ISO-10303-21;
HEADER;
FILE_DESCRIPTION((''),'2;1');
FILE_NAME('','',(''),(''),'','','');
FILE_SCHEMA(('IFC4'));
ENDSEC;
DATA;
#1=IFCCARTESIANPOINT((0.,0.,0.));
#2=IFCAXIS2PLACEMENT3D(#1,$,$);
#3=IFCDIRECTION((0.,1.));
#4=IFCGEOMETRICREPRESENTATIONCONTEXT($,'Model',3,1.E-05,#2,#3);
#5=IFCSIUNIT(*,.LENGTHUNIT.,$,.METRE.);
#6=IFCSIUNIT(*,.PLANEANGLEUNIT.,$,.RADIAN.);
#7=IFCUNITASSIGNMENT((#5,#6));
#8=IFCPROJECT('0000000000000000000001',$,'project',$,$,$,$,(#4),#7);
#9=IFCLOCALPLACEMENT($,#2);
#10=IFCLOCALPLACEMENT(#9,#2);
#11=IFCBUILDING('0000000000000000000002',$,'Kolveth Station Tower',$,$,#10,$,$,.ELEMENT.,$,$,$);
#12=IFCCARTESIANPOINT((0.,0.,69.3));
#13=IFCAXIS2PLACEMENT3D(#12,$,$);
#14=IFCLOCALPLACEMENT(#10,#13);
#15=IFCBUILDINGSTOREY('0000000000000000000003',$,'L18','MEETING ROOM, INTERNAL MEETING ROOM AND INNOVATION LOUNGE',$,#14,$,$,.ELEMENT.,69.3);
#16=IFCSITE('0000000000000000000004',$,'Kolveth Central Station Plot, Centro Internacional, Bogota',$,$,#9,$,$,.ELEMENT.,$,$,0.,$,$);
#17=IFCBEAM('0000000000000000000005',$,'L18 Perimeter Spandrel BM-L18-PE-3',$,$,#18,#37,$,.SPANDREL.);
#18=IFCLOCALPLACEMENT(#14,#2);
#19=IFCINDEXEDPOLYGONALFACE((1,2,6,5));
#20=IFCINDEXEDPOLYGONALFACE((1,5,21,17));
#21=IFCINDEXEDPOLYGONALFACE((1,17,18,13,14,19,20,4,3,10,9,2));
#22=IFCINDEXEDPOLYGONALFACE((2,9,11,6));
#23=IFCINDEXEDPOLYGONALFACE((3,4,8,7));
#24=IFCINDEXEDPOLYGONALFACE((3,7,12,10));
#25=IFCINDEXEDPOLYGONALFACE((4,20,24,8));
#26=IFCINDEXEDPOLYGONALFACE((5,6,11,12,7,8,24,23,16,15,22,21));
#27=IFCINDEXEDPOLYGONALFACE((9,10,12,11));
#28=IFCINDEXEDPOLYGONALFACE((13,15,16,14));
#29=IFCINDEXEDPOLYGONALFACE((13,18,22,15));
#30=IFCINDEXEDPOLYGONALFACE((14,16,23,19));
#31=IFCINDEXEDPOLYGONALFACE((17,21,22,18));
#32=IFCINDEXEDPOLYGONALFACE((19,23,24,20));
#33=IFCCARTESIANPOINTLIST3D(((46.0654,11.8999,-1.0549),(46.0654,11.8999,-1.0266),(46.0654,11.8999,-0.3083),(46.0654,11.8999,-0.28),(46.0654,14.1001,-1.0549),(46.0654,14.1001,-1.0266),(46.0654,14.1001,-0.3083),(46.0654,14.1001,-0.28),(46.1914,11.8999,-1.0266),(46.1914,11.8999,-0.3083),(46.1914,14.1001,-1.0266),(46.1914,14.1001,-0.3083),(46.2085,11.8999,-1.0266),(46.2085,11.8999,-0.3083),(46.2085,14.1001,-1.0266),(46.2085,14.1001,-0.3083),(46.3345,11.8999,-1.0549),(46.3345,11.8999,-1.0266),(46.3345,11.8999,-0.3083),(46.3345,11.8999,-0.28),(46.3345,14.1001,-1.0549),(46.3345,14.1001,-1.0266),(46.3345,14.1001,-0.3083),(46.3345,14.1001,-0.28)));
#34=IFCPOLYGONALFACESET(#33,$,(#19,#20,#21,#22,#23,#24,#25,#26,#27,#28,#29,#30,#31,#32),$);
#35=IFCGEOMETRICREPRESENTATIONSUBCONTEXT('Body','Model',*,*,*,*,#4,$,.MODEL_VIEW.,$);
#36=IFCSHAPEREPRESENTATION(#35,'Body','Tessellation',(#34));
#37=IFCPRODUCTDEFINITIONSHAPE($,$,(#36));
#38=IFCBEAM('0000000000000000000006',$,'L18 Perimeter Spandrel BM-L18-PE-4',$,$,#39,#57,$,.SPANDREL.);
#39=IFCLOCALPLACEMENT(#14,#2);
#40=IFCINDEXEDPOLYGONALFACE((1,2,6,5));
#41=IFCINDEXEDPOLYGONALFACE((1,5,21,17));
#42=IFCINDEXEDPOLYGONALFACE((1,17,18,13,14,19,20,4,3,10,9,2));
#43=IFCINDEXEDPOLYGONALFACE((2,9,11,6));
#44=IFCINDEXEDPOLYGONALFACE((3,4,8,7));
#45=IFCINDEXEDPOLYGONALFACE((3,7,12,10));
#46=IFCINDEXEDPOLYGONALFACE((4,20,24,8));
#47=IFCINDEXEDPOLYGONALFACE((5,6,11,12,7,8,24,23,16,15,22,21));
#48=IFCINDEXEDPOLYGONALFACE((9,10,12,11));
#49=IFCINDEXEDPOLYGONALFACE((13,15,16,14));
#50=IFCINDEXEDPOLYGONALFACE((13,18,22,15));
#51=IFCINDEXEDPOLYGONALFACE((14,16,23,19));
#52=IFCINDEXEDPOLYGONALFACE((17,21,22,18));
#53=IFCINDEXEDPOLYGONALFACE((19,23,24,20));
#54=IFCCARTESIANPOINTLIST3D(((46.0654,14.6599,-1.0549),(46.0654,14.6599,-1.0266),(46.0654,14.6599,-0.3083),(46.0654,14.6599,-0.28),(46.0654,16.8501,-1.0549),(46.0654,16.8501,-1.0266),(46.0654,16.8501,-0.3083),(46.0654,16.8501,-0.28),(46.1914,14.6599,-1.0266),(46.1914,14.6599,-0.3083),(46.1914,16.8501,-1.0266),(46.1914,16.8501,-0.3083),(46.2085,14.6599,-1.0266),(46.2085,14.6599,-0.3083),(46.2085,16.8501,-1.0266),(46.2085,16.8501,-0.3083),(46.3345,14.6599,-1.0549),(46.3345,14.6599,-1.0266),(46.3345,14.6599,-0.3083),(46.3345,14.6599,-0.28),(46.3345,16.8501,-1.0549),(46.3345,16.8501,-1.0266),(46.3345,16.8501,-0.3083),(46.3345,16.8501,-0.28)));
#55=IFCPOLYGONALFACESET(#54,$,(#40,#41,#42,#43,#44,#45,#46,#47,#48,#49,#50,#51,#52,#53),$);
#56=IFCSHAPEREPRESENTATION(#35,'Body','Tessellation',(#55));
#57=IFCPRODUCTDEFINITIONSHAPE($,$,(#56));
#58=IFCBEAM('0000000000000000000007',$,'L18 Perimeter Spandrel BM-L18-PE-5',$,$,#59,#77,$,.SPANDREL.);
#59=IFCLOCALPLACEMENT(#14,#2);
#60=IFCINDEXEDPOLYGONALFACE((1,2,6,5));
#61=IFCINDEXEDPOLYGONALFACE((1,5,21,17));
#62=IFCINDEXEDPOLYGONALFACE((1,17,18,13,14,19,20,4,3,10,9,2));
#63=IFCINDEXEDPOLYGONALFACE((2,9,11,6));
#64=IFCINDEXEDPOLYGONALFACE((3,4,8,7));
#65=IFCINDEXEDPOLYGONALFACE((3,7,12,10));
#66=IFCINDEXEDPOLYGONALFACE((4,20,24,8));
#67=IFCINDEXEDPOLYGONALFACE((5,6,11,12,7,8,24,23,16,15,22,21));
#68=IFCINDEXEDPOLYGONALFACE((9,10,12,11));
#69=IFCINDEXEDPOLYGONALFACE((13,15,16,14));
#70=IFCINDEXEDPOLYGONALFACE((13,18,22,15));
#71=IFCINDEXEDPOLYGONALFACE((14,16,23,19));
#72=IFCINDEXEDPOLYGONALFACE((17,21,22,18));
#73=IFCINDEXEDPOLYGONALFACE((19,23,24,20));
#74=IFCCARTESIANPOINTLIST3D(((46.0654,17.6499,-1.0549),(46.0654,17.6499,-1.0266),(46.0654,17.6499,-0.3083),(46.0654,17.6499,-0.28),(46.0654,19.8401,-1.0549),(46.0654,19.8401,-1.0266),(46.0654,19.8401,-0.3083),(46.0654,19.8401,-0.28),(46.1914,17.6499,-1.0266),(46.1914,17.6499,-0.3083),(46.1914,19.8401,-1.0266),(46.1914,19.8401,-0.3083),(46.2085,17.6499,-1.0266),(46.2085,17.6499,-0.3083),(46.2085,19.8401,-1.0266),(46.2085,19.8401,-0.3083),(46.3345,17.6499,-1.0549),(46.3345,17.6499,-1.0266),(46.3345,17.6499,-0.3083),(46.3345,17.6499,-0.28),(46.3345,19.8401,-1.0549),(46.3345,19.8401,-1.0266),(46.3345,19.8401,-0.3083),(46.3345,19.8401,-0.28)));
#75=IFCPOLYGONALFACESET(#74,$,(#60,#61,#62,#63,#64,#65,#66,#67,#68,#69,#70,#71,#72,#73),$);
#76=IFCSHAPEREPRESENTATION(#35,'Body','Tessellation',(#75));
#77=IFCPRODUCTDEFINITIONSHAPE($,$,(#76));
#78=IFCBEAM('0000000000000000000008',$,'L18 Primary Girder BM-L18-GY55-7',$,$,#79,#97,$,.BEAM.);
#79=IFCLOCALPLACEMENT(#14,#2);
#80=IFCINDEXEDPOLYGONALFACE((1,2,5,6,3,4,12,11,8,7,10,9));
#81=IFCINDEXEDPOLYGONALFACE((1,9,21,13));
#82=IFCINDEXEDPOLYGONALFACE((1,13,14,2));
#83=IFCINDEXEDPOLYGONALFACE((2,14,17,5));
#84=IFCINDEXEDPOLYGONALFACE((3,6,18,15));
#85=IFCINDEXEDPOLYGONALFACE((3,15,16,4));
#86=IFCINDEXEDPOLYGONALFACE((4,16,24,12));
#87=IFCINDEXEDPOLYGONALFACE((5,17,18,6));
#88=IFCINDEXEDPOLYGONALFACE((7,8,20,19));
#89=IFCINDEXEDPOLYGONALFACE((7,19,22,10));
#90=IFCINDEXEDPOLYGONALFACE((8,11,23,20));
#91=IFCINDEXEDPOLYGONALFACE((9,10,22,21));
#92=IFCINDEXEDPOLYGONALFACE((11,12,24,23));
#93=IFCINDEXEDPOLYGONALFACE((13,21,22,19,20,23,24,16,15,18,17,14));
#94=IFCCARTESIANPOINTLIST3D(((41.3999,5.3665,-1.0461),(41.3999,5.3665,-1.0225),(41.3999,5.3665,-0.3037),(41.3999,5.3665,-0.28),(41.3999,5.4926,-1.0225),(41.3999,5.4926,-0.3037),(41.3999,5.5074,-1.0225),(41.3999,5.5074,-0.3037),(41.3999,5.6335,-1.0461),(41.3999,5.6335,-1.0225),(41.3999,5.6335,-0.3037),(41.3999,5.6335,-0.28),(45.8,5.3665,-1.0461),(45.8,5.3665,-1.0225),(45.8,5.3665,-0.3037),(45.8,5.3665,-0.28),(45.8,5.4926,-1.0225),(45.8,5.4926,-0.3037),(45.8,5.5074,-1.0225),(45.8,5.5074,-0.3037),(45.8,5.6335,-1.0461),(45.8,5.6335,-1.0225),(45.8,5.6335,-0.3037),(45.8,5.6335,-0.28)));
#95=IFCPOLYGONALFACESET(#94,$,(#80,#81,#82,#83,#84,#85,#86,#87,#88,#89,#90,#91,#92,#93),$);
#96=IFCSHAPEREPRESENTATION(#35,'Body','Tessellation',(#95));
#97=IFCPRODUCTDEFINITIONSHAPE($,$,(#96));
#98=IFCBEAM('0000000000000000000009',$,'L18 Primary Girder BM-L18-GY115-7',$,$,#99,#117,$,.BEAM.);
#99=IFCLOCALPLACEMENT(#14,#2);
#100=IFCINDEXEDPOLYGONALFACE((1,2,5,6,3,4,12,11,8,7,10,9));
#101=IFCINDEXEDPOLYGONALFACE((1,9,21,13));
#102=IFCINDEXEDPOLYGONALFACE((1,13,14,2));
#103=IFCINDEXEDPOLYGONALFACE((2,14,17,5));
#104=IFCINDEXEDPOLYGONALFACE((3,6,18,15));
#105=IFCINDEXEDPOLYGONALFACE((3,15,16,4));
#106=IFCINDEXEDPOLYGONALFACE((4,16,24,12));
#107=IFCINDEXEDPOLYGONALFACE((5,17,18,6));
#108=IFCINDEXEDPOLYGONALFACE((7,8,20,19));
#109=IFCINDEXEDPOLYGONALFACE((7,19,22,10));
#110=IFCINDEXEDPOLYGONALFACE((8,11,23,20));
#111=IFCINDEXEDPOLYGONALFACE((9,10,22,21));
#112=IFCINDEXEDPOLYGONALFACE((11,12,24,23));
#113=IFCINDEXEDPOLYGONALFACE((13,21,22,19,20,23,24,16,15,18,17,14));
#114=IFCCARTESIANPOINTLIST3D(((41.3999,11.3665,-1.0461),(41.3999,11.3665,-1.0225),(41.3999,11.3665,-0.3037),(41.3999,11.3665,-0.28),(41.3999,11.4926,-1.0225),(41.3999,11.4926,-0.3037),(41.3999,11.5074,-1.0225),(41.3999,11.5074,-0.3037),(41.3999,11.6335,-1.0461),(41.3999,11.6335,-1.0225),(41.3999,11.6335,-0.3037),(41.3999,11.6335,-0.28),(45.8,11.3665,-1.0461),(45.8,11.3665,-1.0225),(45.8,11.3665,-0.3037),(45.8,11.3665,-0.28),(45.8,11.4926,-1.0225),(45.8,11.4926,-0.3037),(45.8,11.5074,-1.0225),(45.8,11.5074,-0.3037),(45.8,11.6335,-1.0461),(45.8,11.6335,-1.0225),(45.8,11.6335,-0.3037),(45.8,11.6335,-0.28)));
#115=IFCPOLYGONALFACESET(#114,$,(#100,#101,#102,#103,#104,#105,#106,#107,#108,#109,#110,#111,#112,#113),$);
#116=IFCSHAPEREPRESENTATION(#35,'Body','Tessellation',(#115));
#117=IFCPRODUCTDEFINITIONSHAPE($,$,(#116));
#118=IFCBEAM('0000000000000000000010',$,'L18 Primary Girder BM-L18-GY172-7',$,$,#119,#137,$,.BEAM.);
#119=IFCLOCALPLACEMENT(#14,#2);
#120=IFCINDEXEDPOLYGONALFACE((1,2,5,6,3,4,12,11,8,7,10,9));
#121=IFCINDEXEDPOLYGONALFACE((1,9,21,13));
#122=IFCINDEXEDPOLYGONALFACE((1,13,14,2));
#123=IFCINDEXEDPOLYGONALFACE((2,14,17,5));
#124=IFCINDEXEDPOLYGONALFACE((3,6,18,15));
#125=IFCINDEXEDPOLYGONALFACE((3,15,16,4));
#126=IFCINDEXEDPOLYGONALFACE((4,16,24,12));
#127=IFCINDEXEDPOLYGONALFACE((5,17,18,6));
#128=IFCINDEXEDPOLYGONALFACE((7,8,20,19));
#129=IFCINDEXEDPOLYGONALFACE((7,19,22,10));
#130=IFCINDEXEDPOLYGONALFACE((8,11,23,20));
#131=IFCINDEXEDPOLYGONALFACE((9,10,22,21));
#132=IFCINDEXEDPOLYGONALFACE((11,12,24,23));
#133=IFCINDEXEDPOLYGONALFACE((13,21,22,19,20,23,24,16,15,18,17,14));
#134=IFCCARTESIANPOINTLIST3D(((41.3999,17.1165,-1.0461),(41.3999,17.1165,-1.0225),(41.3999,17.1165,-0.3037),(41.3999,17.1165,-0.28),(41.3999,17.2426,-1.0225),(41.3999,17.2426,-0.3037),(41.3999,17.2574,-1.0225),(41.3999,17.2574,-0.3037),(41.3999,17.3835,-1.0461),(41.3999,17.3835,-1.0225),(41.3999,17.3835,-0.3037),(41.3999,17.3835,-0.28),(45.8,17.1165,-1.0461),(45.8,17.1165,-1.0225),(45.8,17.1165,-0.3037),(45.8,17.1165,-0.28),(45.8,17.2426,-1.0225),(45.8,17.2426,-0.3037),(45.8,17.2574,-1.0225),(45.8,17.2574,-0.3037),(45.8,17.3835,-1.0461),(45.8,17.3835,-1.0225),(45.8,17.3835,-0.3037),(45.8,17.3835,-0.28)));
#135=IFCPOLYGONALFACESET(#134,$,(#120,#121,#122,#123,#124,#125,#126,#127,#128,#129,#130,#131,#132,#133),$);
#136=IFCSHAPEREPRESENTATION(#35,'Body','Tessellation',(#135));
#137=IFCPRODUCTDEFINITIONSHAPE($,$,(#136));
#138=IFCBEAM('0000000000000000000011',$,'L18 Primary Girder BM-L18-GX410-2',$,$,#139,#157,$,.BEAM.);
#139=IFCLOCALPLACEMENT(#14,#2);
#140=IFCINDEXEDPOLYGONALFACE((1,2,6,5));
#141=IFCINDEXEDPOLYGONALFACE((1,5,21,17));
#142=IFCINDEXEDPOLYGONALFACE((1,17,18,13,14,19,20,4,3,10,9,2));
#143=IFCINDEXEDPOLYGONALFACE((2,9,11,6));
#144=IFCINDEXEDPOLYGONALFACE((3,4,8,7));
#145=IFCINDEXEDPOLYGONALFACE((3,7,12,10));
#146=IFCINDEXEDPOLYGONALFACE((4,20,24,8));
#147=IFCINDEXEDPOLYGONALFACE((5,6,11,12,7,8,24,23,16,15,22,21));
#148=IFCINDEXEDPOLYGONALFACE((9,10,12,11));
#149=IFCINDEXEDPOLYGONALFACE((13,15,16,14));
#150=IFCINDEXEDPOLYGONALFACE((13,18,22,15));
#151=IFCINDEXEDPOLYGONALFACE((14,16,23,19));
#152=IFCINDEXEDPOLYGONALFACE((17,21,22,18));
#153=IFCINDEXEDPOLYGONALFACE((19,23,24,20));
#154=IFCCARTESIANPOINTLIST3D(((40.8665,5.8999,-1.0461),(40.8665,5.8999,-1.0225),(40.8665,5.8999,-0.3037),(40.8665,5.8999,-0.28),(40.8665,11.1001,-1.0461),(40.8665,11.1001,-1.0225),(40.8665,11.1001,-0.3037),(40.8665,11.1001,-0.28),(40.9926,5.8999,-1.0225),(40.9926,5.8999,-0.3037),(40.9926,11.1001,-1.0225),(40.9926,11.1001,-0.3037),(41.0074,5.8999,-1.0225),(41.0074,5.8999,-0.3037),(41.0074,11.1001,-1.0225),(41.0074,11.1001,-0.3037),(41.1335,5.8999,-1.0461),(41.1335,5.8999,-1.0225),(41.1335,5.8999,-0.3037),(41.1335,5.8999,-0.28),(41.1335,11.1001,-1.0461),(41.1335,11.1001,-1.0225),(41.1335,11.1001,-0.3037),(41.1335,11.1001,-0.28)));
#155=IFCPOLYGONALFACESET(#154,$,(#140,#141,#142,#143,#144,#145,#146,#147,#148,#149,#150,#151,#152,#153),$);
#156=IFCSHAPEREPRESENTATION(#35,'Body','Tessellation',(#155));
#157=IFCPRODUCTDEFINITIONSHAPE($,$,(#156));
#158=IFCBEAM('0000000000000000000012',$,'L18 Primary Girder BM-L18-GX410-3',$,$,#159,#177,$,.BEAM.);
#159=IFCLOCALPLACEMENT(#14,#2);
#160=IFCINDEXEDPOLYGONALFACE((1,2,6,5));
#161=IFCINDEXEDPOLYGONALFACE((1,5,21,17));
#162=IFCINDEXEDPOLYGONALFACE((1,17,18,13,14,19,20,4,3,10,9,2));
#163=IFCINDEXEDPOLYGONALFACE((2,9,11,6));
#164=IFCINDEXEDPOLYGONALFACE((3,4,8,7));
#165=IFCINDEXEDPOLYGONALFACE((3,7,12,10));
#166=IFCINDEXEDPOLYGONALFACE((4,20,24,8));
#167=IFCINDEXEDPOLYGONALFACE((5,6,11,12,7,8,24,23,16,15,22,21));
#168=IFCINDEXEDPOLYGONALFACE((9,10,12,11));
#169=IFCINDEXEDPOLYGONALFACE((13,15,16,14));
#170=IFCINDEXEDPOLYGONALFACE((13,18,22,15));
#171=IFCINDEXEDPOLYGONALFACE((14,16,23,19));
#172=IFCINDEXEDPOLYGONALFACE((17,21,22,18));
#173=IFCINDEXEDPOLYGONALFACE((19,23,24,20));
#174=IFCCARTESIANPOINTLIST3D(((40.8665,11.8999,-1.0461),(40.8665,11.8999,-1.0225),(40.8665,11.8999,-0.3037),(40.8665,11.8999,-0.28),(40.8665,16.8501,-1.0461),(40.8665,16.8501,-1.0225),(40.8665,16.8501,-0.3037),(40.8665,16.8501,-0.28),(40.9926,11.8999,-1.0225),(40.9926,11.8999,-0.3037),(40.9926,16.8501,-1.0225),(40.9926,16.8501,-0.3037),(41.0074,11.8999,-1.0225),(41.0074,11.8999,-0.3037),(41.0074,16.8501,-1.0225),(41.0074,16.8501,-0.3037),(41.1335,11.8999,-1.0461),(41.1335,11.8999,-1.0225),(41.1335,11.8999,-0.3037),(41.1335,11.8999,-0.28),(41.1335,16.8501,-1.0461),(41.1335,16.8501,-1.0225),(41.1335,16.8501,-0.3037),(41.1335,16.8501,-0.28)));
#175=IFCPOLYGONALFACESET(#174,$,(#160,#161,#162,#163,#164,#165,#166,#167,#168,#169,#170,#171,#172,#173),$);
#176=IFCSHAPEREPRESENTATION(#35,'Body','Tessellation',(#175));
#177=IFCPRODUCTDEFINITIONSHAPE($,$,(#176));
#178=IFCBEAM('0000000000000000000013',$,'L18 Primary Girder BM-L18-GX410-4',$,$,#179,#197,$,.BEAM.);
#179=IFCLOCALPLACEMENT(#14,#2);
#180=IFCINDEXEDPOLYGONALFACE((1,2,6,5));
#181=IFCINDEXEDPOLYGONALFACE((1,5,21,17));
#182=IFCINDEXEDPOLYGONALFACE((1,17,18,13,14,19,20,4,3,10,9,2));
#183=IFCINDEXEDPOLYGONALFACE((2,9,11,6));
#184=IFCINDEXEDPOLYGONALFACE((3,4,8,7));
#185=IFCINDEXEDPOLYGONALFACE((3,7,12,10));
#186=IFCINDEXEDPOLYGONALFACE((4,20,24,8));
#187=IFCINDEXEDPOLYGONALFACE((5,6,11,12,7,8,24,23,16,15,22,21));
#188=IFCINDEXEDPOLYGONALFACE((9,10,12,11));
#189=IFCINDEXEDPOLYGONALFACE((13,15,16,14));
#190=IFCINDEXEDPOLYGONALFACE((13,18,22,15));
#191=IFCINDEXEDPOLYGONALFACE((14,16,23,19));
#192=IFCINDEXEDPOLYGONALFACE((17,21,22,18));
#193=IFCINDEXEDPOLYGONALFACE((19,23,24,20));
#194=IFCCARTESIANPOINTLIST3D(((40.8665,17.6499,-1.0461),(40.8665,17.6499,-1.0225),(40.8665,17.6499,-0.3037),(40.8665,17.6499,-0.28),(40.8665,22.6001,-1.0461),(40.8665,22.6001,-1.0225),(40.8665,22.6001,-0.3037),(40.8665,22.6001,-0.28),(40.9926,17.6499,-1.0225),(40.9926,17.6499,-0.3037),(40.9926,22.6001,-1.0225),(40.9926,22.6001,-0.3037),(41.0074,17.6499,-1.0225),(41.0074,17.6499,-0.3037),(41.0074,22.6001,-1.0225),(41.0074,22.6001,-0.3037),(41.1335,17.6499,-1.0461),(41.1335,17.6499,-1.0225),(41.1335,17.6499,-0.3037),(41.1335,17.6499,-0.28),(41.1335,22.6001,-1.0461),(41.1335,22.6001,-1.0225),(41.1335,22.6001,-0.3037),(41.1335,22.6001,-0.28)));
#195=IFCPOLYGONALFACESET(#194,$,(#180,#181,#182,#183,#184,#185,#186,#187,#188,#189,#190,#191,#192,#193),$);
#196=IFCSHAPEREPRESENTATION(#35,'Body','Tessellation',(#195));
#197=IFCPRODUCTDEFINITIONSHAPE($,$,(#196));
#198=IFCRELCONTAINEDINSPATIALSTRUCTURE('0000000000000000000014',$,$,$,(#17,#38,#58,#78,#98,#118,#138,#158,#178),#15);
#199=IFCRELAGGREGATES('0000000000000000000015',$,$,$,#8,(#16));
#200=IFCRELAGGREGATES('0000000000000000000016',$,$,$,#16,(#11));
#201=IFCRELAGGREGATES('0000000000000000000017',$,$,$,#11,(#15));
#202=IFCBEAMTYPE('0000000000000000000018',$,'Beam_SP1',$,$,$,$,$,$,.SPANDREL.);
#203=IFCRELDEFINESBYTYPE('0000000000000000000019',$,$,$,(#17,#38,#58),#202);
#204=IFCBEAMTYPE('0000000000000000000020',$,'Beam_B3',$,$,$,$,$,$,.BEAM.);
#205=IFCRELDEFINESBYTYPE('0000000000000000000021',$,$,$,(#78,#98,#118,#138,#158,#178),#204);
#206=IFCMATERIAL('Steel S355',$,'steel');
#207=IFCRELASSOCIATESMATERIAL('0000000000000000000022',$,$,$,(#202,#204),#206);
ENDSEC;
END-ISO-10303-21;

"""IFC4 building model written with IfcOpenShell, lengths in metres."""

from ifc_helpers import new_model, si_unit, direction, frame, origin, origin_2d, place, context, subcontext, project, spatial, i_section, extrude, source, transform, mapped, material, material_profile, profile_set, type_object, element, save


model = new_model("IFC4")

# Units and contexts
model_context = context("Model", 3, precision=1e-05, world=origin(), true_north=direction((0.0, 1.0)))
body_context = subcontext(model_context, "Body", "Model", "MODEL_VIEW")
ifc_project = project(units=[si_unit("LENGTHUNIT", "METRE"), si_unit("PLANEANGLEUNIT", "RADIAN")], contexts=[model_context])

# Site, building, storey
site_placement = place(None, origin())
site = spatial("IfcSite", under=ifc_project, at=site_placement, Name="Kolveth Central Station Plot, Centro Internacional, Bogota", CompositionType="ELEMENT", RefElevation=0.0)
building_placement = place(site_placement, origin())
building = spatial("IfcBuilding", under=site, at=building_placement, Name="Kolveth Station Tower", CompositionType="ELEMENT")
storey_placement = place(building_placement, frame((0.0, 0.0, 69.3)))
storey = spatial("IfcBuildingStorey", under=building, at=storey_placement, Name="L18", Description="MEETING ROOM, INTERNAL MEETING ROOM AND INNOVATION LOUNGE", CompositionType="ELEMENT", Elevation=69.3)

# Shared definitions
ifc_material_1 = material(Name="Steel S355", Category="steel")

# Beams
ifc_material_profile_1 = material_profile(ifc_material_1, i_section(OverallWidth=0.269, OverallDepth=0.7749, WebThickness=0.0171, FlangeThickness=0.0283, at=origin_2d()), Name="W760x220")
ifc_profile_set_1 = profile_set([ifc_material_profile_1], Name="Steel S355")
beam_type_1 = type_object("IfcBeamType", Name="Beam_SP1", PredefinedType="SPANDREL", material=ifc_profile_set_1)
shared_shape_1 = source(origin(), body_context, "Body", "SweptSolid", [
    extrude(i_section(OverallWidth=0.269, OverallDepth=0.7749, WebThickness=0.0171, FlangeThickness=0.0283, at=origin_2d()), origin(), (0.0, 0.0, 1.0), 2.2002),
])
beam_1_placement = place(storey_placement, frame((46.2, 11.8999, -0.6675), z_axis=(0.0, 1.0, 0.0), x_axis=(-1.0, 0.0, 0.0)))
element("IfcBeam", 1, at=beam_1_placement, inside=storey, type_object=beam_type_1, Name="L18 Perimeter Spandrel BM-L18-PE-3", PredefinedType="SPANDREL", context=body_context, shape_type="MappedRepresentation", body=[
    mapped(shared_shape_1, transform((0.0, 0.0, 0.0), x_axis=(1.0, 0.0, 0.0), y_axis=(0.0, 1.0, 0.0), z_axis=(0.0, 0.0, 1.0), scale=1.0)),
])
shared_shape_2 = source(origin(), body_context, "Body", "SweptSolid", [
    extrude(i_section(OverallWidth=0.269, OverallDepth=0.7749, WebThickness=0.0171, FlangeThickness=0.0283, at=origin_2d()), origin(), (0.0, 0.0, 1.0), 2.1902),
])
for number, where, z_axis, x_axis, name in (
    (2, (46.2, 14.6599, -0.6675), (0.0, 1.0, 0.0), (-1.0, 0.0, 0.0), "L18 Perimeter Spandrel BM-L18-PE-4"),
    (3, (46.2, 17.6499, -0.6675), (0.0, 1.0, 0.0), (-1.0, 0.0, 0.0), "L18 Perimeter Spandrel BM-L18-PE-5"),
):
    element("IfcBeam", number, at=place(storey_placement, frame(where, z_axis=z_axis, x_axis=x_axis)), inside=storey, type_object=beam_type_1, Name=name, PredefinedType="SPANDREL", context=body_context, shape_type="MappedRepresentation", body=[
        mapped(shared_shape_2, transform((0.0, 0.0, 0.0), x_axis=(1.0, 0.0, 0.0), y_axis=(0.0, 1.0, 0.0), z_axis=(0.0, 0.0, 1.0), scale=1.0)),
    ])
ifc_material_profile_2 = material_profile(ifc_material_1, i_section(OverallWidth=0.2671, OverallDepth=0.7661, WebThickness=0.0149, FlangeThickness=0.0237, at=origin_2d()), Name="W760x185")
ifc_profile_set_2 = profile_set([ifc_material_profile_2], Name="Steel S355")
beam_type_2 = type_object("IfcBeamType", Name="Beam_B3", PredefinedType="BEAM", material=ifc_profile_set_2)
shared_shape_3 = source(origin(), body_context, "Body", "SweptSolid", [
    extrude(i_section(OverallWidth=0.2671, OverallDepth=0.7661, WebThickness=0.0149, FlangeThickness=0.0237, at=origin_2d()), origin(), (0.0, 0.0, 1.0), 4.4001),
])
for number, where, z_axis, x_axis, name in (
    (4, (41.3999, 5.5, -0.6631), (1.0, 0.0, 0.0), (0.0, 1.0, 0.0), "L18 Primary Girder BM-L18-GY55-7"),
    (5, (41.3999, 11.5, -0.6631), (1.0, 0.0, 0.0), (0.0, 1.0, 0.0), "L18 Primary Girder BM-L18-GY115-7"),
    (6, (41.3999, 17.25, -0.6631), (1.0, 0.0, 0.0), (0.0, 1.0, 0.0), "L18 Primary Girder BM-L18-GY172-7"),
):
    element("IfcBeam", number, at=place(storey_placement, frame(where, z_axis=z_axis, x_axis=x_axis)), inside=storey, type_object=beam_type_2, Name=name, PredefinedType="BEAM", context=body_context, shape_type="MappedRepresentation", body=[
        mapped(shared_shape_3, transform((0.0, 0.0, 0.0), x_axis=(1.0, 0.0, 0.0), y_axis=(0.0, 1.0, 0.0), z_axis=(0.0, 0.0, 1.0), scale=1.0)),
    ])
shared_shape_4 = source(origin(), body_context, "Body", "SweptSolid", [
    extrude(i_section(OverallWidth=0.2671, OverallDepth=0.7661, WebThickness=0.0149, FlangeThickness=0.0237, at=origin_2d()), origin(), (0.0, 0.0, 1.0), 5.2002),
])
beam_2_placement = place(storey_placement, frame((41.0, 5.8999, -0.6631), z_axis=(0.0, 1.0, 0.0), x_axis=(-1.0, 0.0, 0.0)))
element("IfcBeam", 7, at=beam_2_placement, inside=storey, type_object=beam_type_2, Name="L18 Primary Girder BM-L18-GX410-2", PredefinedType="BEAM", context=body_context, shape_type="MappedRepresentation", body=[
    mapped(shared_shape_4, transform((0.0, 0.0, 0.0), x_axis=(1.0, 0.0, 0.0), y_axis=(0.0, 1.0, 0.0), z_axis=(0.0, 0.0, 1.0), scale=1.0)),
])
shared_shape_5 = source(origin(), body_context, "Body", "SweptSolid", [
    extrude(i_section(OverallWidth=0.2671, OverallDepth=0.7661, WebThickness=0.0149, FlangeThickness=0.0237, at=origin_2d()), origin(), (0.0, 0.0, 1.0), 4.9502),
])
for number, where, z_axis, x_axis, name in (
    (8, (41.0, 11.8999, -0.6631), (0.0, 1.0, 0.0), (-1.0, 0.0, 0.0), "L18 Primary Girder BM-L18-GX410-3"),
    (9, (41.0, 17.6499, -0.6631), (0.0, 1.0, 0.0), (-1.0, 0.0, 0.0), "L18 Primary Girder BM-L18-GX410-4"),
):
    element("IfcBeam", number, at=place(storey_placement, frame(where, z_axis=z_axis, x_axis=x_axis)), inside=storey, type_object=beam_type_2, Name=name, PredefinedType="BEAM", context=body_context, shape_type="MappedRepresentation", body=[
        mapped(shared_shape_5, transform((0.0, 0.0, 0.0), x_axis=(1.0, 0.0, 0.0), y_axis=(0.0, 1.0, 0.0), z_axis=(0.0, 0.0, 1.0), scale=1.0)),
    ])

save(model, "model.ifc")
